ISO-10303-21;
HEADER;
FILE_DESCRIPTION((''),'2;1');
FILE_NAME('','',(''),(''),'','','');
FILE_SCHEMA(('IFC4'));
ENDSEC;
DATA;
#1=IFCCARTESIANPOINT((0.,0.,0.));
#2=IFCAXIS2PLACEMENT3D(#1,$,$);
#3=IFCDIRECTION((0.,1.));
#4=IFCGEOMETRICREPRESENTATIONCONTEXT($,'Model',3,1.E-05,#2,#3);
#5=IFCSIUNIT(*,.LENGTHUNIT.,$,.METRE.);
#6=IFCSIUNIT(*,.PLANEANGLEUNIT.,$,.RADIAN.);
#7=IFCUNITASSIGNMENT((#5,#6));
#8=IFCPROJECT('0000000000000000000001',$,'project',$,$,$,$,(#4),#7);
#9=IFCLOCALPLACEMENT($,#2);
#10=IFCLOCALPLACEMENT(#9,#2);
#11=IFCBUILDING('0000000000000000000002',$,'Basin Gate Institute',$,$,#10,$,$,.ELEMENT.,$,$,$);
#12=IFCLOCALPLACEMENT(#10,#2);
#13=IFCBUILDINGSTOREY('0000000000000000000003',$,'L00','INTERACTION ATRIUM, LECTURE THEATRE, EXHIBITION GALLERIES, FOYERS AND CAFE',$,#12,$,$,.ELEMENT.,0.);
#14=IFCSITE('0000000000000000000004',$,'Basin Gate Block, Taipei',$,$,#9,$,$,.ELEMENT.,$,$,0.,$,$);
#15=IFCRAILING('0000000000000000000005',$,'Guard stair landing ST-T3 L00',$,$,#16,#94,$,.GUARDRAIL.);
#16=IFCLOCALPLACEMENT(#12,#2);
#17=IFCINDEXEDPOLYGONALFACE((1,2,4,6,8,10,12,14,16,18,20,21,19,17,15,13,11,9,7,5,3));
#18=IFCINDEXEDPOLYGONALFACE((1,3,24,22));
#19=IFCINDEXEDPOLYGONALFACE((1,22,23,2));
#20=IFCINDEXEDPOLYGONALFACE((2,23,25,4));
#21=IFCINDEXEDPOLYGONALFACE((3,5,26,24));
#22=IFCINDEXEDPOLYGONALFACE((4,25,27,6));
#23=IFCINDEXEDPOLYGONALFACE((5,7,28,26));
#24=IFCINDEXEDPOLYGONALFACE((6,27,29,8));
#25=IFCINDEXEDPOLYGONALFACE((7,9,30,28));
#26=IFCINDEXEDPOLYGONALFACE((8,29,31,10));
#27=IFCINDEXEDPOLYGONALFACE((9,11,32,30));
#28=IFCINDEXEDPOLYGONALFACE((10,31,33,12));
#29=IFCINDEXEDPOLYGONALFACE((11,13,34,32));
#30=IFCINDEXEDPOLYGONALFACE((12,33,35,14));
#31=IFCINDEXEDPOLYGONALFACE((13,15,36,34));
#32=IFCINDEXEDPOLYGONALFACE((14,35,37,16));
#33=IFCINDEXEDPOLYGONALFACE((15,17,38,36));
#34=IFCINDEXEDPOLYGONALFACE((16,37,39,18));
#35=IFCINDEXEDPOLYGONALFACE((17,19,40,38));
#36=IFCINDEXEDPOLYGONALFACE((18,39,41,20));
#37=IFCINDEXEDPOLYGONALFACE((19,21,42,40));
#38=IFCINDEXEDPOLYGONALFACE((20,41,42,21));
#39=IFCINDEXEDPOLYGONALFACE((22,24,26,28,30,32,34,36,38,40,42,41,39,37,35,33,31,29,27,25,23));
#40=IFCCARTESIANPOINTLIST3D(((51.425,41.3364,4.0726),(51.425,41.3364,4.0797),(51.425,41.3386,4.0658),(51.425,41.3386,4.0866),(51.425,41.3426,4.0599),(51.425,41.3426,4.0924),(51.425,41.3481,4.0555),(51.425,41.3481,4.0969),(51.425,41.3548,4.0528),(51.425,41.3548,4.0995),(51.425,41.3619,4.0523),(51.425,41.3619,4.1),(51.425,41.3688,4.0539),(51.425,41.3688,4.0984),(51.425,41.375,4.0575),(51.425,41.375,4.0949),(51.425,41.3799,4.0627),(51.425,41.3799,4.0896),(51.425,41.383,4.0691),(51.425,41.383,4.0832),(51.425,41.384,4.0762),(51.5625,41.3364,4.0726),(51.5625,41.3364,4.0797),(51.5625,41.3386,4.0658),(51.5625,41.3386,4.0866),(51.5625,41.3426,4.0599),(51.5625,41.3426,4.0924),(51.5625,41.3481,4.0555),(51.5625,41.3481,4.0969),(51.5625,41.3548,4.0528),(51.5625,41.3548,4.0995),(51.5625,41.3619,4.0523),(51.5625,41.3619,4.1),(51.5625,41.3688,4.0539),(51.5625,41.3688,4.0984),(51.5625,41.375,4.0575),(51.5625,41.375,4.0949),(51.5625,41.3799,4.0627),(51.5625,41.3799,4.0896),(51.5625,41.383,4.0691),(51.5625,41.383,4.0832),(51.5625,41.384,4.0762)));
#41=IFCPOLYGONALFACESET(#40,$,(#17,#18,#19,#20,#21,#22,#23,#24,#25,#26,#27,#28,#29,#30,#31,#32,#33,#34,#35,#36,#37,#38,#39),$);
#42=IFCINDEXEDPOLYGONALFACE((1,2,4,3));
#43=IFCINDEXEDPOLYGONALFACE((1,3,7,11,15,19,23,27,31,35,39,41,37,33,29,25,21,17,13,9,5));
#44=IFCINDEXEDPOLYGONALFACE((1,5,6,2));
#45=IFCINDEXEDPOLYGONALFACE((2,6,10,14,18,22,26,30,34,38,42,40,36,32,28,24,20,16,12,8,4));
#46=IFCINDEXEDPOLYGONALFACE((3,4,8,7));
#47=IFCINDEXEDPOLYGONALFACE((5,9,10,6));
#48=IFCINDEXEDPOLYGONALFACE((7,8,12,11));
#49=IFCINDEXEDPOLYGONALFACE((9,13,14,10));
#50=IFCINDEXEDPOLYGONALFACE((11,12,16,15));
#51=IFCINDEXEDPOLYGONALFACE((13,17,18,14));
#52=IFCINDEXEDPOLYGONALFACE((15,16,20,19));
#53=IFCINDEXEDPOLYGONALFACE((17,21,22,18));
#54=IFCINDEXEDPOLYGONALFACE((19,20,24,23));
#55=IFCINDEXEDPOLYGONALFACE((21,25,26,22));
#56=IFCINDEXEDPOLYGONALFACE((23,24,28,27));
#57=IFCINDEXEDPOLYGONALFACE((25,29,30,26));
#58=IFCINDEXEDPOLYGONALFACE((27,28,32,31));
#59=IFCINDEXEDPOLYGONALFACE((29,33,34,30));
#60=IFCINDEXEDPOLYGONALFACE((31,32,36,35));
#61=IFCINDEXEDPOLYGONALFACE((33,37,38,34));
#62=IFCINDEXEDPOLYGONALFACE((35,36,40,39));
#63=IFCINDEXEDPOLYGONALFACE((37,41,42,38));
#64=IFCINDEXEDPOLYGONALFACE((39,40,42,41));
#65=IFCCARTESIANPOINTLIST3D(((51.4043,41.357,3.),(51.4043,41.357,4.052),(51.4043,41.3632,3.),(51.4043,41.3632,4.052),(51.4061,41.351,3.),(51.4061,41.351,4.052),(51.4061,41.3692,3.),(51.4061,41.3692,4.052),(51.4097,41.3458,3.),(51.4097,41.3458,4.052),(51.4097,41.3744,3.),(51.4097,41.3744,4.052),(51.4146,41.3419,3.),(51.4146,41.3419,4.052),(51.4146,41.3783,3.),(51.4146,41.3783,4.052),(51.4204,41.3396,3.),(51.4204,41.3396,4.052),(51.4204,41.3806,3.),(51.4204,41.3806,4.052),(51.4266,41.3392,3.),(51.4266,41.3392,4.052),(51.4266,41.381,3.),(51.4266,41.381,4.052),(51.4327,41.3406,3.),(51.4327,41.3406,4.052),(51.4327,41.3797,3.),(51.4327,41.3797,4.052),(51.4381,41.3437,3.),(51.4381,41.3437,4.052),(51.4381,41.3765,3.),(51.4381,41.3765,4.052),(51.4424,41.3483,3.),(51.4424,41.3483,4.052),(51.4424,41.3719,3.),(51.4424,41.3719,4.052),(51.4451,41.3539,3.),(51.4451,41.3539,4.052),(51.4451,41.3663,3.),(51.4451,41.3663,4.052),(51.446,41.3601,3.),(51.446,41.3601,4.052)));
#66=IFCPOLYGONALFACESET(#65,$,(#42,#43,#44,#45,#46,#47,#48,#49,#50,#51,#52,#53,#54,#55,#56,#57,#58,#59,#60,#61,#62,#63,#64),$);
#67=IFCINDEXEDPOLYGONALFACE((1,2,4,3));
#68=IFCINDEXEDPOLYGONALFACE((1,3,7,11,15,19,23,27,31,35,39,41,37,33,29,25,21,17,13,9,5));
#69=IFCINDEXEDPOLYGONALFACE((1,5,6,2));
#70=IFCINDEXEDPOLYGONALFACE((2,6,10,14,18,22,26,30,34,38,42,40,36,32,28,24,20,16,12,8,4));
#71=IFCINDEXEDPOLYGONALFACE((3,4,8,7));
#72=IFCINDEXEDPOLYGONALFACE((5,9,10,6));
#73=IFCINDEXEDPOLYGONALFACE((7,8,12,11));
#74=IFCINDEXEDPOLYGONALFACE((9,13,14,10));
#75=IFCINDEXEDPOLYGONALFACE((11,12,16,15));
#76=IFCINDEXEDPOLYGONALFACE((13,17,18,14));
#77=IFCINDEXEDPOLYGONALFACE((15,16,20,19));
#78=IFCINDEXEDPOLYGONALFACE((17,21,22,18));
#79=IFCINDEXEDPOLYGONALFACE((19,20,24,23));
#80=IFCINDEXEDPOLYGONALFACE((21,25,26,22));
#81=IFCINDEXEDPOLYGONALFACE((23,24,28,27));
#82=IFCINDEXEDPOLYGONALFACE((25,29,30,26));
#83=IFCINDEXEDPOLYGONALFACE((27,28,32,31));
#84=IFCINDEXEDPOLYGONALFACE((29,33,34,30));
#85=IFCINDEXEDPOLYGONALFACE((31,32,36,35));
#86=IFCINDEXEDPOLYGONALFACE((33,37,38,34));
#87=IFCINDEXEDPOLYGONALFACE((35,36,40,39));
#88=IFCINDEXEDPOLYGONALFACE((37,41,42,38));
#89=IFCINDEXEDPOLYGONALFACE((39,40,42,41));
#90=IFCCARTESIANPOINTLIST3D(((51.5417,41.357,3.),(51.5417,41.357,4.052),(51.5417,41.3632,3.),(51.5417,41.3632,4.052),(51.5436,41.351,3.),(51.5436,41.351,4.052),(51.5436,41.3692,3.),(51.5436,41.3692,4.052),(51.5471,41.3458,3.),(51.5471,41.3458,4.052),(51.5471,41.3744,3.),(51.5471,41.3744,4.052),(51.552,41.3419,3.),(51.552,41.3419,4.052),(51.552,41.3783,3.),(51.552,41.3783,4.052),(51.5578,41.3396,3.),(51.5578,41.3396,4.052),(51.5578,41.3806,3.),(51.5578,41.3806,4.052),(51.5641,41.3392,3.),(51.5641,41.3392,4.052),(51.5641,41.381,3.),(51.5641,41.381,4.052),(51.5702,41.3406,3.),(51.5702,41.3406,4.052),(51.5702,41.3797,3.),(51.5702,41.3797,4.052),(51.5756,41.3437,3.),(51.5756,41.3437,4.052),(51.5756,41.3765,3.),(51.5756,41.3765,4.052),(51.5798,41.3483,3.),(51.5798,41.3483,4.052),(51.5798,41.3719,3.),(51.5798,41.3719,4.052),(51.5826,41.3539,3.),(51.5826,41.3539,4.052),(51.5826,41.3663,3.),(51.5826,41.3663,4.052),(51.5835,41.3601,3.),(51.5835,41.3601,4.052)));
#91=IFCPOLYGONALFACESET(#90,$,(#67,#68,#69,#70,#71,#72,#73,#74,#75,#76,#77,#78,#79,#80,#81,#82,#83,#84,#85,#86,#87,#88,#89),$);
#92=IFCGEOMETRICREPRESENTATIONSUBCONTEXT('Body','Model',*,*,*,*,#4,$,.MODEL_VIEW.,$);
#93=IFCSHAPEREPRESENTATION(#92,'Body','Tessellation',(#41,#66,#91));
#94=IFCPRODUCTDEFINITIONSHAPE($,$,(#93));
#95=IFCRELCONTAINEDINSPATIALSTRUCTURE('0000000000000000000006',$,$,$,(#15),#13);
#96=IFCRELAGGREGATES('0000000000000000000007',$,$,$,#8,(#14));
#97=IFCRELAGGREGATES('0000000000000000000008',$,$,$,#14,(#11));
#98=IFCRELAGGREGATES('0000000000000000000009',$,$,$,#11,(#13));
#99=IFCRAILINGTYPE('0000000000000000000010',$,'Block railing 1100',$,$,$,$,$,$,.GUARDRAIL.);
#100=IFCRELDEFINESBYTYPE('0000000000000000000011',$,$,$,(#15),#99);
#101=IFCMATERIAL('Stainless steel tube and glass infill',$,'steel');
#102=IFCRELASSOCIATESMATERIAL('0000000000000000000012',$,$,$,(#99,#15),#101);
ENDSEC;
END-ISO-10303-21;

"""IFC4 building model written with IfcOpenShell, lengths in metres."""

from ifc_helpers import new_model, si_unit, direction, frame, origin, origin_2d, place, context, subcontext, project, spatial, circle, extrude, material, type_object, element, save


model = new_model("IFC4")

# Units and contexts
model_context = context("Model", 3, precision=1e-05, world=origin(), true_north=direction((0.0, 1.0)))
body_context = subcontext(model_context, "Body", "Model", "MODEL_VIEW")
ifc_project = project(units=[si_unit("LENGTHUNIT", "METRE"), si_unit("PLANEANGLEUNIT", "RADIAN")], contexts=[model_context])

# Site, building, storey
site_placement = place(None, origin())
site = spatial("IfcSite", under=ifc_project, at=site_placement, Name="Basin Gate Block, Taipei", CompositionType="ELEMENT", RefElevation=0.0)
building_placement = place(site_placement, origin())
building = spatial("IfcBuilding", under=site, at=building_placement, Name="Basin Gate Institute", CompositionType="ELEMENT")
storey_placement = place(building_placement, origin())
storey = spatial("IfcBuildingStorey", under=building, at=storey_placement, Name="L00", Description="INTERACTION ATRIUM, LECTURE THEATRE, EXHIBITION GALLERIES, FOYERS AND CAFE", CompositionType="ELEMENT", Elevation=0.0)

# Railing
ifc_material_1 = material(Name="Stainless steel tube and glass infill", Category="steel")
railing_type_1 = type_object("IfcRailingType", Name="Block railing 1100", PredefinedType="GUARDRAIL", material=ifc_material_1)
railing_1_placement = place(storey_placement, frame((51.425, 41.3601, 3.0)))
element("IfcRailing", 1, at=railing_1_placement, inside=storey, type_object=railing_type_1, material=ifc_material_1, Name="Guard stair landing ST-T3 L00", PredefinedType="GUARDRAIL", context=body_context, shape_type="SweptSolid", body=[
    extrude(circle(Radius=0.0239, at=origin_2d()), frame((0.0, 0.0, 1.0762), z_axis=(1.0, 0.0, 0.0), x_axis=(0.0, 1.0, 0.0)), (0.0, 0.0, 1.0), 0.1375),
    extrude(circle(Radius=0.021, at=origin_2d()), origin(), (0.0, 0.0, 1.0), 1.052),
    extrude(circle(Radius=0.021, at=origin_2d()), frame((0.1375, 0.0, 0.0)), (0.0, 0.0, 1.0), 1.052),
])

save(model, "model.ifc")
